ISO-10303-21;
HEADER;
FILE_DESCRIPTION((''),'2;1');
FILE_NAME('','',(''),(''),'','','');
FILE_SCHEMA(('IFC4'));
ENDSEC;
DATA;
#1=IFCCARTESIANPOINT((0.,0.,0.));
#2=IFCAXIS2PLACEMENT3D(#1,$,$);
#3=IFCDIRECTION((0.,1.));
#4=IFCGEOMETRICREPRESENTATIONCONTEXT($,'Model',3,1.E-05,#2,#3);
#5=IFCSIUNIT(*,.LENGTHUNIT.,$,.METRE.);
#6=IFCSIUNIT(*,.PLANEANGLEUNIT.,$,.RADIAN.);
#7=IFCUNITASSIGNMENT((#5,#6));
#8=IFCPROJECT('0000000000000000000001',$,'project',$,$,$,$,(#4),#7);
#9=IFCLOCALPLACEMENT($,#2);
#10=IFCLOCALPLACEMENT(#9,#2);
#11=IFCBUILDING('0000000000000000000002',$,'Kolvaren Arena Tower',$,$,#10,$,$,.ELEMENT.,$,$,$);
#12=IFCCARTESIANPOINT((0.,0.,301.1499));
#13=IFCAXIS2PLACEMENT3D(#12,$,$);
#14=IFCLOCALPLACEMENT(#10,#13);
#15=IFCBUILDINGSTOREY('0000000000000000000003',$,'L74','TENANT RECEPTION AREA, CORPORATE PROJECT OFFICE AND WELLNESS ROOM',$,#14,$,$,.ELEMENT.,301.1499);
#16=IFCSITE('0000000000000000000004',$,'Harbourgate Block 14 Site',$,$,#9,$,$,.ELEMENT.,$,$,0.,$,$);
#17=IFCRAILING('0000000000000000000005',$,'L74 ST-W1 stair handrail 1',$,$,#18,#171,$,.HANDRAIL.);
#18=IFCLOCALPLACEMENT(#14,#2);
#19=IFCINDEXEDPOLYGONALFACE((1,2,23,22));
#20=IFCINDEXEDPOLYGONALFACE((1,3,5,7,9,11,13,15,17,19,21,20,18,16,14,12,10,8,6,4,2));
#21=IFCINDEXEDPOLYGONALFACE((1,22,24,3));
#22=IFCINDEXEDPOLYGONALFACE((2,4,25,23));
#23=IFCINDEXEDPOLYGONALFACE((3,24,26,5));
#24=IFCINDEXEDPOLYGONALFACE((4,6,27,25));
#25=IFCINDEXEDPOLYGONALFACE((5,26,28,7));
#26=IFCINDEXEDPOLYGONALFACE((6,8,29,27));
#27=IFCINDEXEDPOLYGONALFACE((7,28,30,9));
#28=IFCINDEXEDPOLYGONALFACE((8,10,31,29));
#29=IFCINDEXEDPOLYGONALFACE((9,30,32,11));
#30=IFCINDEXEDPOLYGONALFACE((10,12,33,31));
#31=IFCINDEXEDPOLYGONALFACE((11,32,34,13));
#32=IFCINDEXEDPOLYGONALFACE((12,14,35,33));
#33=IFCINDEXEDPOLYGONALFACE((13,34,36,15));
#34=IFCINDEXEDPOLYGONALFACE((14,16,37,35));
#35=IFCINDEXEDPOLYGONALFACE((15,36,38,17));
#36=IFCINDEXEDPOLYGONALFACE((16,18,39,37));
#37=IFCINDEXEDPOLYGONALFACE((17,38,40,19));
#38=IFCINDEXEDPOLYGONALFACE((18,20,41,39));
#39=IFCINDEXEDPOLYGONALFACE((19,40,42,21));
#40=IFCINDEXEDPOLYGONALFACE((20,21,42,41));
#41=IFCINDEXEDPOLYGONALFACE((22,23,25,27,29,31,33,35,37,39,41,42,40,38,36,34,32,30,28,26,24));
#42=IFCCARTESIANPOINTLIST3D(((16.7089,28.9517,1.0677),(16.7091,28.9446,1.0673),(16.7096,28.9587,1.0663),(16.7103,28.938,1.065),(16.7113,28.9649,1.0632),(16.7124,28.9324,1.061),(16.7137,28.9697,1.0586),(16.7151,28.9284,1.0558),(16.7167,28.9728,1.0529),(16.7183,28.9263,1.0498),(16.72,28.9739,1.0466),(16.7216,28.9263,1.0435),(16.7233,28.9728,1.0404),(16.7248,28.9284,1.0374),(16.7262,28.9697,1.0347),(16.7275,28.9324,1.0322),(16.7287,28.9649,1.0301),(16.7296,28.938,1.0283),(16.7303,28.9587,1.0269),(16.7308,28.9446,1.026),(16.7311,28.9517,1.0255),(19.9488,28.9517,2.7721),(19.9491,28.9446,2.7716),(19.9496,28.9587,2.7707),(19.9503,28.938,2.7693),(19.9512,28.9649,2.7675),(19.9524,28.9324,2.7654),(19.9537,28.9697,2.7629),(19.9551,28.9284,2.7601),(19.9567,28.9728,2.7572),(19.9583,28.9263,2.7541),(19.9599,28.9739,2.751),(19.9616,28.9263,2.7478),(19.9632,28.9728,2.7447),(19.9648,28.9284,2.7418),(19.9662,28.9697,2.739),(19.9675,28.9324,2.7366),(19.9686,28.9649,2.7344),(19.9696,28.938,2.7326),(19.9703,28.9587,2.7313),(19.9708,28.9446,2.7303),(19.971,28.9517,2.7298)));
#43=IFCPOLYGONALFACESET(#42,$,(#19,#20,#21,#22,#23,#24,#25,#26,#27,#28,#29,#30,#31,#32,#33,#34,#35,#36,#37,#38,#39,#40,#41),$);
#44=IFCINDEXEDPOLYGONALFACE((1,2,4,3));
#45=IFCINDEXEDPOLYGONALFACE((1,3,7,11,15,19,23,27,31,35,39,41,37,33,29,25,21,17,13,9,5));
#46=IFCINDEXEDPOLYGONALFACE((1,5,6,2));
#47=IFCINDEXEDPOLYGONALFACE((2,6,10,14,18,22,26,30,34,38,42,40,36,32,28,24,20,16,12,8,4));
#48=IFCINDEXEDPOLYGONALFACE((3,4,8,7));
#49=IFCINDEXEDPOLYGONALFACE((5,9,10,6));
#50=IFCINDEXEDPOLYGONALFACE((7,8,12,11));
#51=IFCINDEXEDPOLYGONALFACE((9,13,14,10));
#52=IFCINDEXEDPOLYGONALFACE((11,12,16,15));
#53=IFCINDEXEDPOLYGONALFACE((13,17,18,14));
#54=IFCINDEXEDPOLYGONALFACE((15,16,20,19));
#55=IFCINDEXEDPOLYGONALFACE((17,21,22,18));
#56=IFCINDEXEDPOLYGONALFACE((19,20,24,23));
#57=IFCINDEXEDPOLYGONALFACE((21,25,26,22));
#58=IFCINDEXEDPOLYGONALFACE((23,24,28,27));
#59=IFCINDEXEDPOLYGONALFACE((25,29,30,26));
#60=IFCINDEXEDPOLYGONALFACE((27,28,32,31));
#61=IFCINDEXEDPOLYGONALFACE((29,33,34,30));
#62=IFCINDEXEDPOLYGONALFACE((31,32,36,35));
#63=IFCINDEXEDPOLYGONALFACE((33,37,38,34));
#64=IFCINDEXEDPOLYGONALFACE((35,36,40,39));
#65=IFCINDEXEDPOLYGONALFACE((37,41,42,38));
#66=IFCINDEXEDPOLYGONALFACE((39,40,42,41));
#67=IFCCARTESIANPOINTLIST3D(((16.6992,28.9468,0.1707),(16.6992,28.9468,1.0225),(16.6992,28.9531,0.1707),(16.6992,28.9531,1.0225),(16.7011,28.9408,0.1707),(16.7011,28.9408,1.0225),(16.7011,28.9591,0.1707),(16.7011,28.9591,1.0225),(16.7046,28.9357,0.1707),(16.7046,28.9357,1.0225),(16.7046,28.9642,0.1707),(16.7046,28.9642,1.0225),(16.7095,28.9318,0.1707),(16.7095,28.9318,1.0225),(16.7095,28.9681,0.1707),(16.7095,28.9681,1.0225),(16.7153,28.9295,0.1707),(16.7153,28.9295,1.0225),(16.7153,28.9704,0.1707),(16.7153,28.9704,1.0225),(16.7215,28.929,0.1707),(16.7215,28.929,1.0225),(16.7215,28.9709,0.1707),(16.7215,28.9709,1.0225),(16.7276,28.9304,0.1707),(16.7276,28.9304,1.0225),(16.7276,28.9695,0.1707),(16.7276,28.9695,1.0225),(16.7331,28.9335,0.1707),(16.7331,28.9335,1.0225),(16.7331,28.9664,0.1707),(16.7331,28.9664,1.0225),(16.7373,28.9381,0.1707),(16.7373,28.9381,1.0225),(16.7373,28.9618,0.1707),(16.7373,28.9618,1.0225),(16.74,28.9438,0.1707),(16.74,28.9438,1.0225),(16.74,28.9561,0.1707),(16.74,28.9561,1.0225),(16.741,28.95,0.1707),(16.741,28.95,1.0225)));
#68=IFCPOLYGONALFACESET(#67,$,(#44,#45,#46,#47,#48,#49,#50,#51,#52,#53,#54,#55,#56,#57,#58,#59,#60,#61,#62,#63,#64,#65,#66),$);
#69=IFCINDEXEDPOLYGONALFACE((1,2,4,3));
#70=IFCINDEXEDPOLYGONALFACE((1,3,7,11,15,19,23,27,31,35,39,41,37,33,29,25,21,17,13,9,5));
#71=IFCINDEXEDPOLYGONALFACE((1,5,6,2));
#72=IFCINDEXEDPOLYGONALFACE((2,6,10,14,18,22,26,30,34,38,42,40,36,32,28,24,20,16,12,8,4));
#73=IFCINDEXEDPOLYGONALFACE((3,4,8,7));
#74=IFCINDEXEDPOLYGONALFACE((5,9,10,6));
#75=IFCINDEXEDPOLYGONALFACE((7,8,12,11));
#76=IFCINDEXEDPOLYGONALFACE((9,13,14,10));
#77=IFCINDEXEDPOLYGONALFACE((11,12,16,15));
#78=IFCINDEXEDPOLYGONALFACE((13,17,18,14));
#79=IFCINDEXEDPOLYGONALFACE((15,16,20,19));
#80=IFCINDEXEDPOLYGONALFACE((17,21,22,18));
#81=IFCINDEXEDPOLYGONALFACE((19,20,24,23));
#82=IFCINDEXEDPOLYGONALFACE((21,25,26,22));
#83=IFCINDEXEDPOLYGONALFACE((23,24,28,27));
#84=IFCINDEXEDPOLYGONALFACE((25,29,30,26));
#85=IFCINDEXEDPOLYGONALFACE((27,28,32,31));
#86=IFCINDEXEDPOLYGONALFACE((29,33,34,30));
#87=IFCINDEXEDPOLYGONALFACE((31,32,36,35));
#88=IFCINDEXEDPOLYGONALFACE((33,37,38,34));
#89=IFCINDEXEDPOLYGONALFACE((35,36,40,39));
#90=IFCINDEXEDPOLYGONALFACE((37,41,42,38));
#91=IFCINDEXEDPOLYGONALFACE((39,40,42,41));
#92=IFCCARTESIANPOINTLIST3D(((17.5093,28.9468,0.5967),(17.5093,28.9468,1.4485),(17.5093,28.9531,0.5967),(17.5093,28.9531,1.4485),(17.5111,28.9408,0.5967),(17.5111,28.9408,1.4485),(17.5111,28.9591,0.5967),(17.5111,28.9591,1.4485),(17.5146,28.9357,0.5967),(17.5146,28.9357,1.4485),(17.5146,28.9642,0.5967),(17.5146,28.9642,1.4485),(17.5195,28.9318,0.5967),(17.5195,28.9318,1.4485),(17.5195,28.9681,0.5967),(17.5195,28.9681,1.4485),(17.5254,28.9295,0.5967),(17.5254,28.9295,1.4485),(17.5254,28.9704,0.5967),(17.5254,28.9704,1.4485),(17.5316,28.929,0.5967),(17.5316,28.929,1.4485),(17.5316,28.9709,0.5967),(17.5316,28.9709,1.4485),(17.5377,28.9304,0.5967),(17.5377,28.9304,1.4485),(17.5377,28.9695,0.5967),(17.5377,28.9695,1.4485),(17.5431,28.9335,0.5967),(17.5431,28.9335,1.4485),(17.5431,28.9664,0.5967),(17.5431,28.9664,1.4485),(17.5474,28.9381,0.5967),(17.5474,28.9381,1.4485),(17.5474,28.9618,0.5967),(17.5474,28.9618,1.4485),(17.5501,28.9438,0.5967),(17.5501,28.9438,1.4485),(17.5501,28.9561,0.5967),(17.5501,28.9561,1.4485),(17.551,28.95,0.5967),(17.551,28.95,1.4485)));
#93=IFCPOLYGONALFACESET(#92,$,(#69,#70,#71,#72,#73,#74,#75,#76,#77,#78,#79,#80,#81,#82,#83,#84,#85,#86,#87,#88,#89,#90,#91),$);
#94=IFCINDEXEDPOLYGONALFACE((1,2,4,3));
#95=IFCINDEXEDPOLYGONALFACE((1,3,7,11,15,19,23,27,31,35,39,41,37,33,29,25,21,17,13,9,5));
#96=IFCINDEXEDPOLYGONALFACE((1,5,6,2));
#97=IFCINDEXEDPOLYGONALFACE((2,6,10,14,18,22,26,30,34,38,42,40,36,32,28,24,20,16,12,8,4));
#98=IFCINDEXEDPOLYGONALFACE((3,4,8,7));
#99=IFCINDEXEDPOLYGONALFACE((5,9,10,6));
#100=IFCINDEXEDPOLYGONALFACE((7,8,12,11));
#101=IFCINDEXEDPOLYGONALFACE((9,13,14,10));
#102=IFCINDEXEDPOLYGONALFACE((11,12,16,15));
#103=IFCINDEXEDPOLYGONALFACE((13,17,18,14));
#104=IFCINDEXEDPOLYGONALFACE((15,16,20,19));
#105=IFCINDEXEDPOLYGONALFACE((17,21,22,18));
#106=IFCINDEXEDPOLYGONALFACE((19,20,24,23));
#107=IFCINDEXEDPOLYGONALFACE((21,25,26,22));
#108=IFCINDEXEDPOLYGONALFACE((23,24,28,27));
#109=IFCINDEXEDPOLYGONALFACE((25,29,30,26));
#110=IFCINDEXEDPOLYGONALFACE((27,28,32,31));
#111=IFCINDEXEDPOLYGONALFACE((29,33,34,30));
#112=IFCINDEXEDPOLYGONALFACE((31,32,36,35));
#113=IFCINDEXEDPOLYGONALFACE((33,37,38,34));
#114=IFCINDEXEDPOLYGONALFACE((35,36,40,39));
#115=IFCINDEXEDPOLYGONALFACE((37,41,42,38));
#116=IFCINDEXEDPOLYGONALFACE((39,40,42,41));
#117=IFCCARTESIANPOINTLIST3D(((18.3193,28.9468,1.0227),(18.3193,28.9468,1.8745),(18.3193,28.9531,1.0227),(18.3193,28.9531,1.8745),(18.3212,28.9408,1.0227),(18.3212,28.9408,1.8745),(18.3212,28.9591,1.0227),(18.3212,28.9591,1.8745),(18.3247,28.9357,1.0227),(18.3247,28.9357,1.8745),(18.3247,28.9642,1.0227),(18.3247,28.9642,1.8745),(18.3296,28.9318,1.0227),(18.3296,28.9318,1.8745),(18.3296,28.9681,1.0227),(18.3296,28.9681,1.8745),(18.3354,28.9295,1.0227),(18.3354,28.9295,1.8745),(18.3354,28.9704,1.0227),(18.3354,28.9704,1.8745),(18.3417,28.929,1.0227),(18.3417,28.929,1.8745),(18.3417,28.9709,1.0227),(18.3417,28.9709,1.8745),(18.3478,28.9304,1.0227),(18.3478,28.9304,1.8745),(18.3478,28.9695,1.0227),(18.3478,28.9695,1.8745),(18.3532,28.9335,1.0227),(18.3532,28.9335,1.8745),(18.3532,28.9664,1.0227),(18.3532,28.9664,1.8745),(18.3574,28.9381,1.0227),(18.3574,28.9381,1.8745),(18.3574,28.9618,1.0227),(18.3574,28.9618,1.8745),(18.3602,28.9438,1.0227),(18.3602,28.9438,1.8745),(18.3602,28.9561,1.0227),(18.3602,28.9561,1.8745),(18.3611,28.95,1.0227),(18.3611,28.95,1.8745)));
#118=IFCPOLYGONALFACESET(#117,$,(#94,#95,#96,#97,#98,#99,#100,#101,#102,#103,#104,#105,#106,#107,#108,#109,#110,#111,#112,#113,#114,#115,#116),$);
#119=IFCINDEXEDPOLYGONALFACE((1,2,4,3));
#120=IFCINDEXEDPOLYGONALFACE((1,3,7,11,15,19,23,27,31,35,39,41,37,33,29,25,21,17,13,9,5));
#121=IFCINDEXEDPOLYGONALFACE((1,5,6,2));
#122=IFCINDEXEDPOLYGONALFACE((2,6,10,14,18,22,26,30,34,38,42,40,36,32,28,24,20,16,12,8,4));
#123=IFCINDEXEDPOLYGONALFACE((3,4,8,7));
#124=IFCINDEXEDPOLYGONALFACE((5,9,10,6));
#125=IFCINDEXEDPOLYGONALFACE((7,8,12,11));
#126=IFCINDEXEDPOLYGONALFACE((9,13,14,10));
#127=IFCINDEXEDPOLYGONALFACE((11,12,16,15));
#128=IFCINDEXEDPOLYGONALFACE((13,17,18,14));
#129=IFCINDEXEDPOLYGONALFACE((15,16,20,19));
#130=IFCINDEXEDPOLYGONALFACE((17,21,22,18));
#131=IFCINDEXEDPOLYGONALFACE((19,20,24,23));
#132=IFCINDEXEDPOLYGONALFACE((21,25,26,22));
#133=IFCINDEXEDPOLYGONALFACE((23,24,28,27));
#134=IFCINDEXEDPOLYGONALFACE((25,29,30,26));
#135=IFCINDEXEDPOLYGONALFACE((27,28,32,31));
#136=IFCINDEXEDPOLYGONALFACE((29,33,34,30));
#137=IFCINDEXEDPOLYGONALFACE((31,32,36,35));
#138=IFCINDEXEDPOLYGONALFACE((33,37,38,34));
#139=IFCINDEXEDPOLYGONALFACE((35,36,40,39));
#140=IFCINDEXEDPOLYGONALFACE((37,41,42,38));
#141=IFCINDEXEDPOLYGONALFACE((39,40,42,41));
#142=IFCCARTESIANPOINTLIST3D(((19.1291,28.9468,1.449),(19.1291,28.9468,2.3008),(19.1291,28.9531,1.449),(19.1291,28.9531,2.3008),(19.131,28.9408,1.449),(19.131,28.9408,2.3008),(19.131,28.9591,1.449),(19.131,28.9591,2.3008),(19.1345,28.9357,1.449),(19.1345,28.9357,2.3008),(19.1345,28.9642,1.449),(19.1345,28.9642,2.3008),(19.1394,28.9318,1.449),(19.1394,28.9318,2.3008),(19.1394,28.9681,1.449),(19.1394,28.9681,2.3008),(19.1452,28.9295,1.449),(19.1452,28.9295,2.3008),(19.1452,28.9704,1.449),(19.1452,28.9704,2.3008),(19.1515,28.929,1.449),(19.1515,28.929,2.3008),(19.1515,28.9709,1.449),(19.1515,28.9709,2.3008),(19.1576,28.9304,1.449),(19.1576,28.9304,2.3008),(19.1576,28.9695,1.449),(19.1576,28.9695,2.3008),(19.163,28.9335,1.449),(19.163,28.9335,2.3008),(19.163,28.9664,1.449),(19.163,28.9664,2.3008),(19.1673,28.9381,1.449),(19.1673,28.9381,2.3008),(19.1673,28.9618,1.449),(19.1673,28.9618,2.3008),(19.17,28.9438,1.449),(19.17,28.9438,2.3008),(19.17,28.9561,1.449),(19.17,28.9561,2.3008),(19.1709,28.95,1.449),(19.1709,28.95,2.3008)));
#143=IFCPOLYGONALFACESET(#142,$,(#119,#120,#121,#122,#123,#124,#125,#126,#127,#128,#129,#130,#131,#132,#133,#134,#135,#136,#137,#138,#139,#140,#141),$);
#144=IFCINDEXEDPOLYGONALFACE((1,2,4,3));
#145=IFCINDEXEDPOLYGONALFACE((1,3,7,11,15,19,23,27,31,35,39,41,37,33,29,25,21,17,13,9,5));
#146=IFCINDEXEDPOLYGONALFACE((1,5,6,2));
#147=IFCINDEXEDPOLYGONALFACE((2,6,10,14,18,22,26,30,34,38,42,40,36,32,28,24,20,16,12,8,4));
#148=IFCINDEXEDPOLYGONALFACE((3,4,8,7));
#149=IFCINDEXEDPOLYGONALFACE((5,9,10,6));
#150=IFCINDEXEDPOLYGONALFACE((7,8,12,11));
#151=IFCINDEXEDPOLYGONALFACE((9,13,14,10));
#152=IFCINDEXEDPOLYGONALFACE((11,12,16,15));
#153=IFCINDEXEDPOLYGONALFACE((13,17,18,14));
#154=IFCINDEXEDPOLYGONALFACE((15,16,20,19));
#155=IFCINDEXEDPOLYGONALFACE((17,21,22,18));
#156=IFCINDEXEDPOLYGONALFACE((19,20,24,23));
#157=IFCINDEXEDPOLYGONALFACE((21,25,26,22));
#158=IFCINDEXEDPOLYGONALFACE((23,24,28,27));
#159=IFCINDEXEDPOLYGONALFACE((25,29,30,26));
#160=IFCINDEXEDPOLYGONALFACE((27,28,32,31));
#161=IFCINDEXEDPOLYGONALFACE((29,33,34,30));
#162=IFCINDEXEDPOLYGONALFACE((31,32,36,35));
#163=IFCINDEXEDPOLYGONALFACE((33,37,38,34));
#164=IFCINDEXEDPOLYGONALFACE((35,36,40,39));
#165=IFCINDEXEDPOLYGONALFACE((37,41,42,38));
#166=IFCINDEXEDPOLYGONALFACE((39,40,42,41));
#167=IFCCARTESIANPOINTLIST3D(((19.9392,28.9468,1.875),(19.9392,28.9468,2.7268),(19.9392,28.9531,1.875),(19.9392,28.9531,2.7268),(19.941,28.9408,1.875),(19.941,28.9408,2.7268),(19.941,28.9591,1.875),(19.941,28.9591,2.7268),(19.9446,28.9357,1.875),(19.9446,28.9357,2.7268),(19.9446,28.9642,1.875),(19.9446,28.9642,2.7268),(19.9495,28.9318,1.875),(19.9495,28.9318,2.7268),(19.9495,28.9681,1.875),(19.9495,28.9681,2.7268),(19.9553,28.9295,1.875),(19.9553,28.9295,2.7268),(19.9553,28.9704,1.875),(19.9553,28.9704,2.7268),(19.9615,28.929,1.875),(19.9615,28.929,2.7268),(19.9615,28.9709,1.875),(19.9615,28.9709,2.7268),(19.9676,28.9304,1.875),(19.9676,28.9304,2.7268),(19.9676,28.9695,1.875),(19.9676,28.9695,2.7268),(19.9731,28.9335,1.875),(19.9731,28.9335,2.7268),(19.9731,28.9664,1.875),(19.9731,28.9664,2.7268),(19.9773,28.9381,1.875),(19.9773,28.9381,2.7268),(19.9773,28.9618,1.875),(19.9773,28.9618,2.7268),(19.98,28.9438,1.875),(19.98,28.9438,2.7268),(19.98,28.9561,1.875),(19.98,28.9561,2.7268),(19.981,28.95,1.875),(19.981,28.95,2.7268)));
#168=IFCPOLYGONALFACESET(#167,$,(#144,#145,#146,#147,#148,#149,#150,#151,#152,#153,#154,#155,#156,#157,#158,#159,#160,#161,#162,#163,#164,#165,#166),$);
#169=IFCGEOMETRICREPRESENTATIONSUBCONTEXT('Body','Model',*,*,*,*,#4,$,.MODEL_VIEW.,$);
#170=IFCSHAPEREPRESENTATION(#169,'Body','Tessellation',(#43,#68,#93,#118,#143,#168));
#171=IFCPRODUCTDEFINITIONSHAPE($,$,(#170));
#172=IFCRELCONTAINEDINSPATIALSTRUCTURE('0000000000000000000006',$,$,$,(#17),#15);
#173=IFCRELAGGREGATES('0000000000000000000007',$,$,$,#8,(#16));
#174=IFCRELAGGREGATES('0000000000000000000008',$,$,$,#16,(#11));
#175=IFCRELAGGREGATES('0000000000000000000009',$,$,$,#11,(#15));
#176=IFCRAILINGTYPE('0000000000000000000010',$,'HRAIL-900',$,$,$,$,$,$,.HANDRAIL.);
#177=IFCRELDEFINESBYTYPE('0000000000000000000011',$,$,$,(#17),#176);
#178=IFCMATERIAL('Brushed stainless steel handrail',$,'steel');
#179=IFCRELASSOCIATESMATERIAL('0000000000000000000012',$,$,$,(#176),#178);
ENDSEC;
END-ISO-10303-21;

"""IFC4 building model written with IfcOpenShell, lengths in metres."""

from ifc_helpers import new_model, si_unit, direction, frame, origin, origin_2d, place, context, subcontext, project, spatial, circle, extrude, material, type_object, element, save


model = new_model("IFC4")

# Units and contexts
model_context = context("Model", 3, precision=1e-05, world=origin(), true_north=direction((0.0, 1.0)))
body_context = subcontext(model_context, "Body", "Model", "MODEL_VIEW")
ifc_project = project(units=[si_unit("LENGTHUNIT", "METRE"), si_unit("PLANEANGLEUNIT", "RADIAN")], contexts=[model_context])

# Site, building, storey
site_placement = place(None, origin())
site = spatial("IfcSite", under=ifc_project, at=site_placement, Name="Harbourgate Block 14 Site", CompositionType="ELEMENT", RefElevation=0.0)
building_placement = place(site_placement, origin())
building = spatial("IfcBuilding", under=site, at=building_placement, Name="Kolvaren Arena Tower", CompositionType="ELEMENT")
storey_placement = place(building_placement, frame((0.0, 0.0, 301.1499)))
storey = spatial("IfcBuildingStorey", under=building, at=storey_placement, Name="L74", Description="TENANT RECEPTION AREA, CORPORATE PROJECT OFFICE AND WELLNESS ROOM", CompositionType="ELEMENT", Elevation=301.1499)

# Railing
ifc_material_1 = material(Name="Brushed stainless steel handrail", Category="steel")
railing_type_1 = type_object("IfcRailingType", Name="HRAIL-900", PredefinedType="HANDRAIL", material=ifc_material_1)
railing_1_placement = place(storey_placement, frame((16.72, 28.95, 0.1707)))
element("IfcRailing", 1, at=railing_1_placement, inside=storey, type_object=railing_type_1, Name="L74 ST-W1 stair handrail 1", PredefinedType="HANDRAIL", context=body_context, shape_type="SweptSolid", body=[
    extrude(circle(Radius=0.0239, at=origin_2d()), frame((0.0, 0.0, 0.876), z_axis=(0.885021, 0.0, 0.465551), x_axis=(0.0, 1.0, 0.0)), (0.0, 0.0, 1.0), 3.6609),
    extrude(circle(Radius=0.021, at=origin_2d()), origin(), (0.0, 0.0, 1.0), 0.8518),
    extrude(circle(Radius=0.021, at=origin_2d()), frame((0.8101, 0.0, 0.426)), (0.0, 0.0, 1.0), 0.8518),
    extrude(circle(Radius=0.021, at=origin_2d()), frame((1.6201, 0.0, 0.8521)), (0.0, 0.0, 1.0), 0.8518),
    extrude(circle(Radius=0.021, at=origin_2d()), frame((2.4299, 0.0, 1.2783)), (0.0, 0.0, 1.0), 0.8518),
    extrude(circle(Radius=0.021, at=origin_2d()), frame((3.24, 0.0, 1.7043)), (0.0, 0.0, 1.0), 0.8518),
])

save(model, "model.ifc")
